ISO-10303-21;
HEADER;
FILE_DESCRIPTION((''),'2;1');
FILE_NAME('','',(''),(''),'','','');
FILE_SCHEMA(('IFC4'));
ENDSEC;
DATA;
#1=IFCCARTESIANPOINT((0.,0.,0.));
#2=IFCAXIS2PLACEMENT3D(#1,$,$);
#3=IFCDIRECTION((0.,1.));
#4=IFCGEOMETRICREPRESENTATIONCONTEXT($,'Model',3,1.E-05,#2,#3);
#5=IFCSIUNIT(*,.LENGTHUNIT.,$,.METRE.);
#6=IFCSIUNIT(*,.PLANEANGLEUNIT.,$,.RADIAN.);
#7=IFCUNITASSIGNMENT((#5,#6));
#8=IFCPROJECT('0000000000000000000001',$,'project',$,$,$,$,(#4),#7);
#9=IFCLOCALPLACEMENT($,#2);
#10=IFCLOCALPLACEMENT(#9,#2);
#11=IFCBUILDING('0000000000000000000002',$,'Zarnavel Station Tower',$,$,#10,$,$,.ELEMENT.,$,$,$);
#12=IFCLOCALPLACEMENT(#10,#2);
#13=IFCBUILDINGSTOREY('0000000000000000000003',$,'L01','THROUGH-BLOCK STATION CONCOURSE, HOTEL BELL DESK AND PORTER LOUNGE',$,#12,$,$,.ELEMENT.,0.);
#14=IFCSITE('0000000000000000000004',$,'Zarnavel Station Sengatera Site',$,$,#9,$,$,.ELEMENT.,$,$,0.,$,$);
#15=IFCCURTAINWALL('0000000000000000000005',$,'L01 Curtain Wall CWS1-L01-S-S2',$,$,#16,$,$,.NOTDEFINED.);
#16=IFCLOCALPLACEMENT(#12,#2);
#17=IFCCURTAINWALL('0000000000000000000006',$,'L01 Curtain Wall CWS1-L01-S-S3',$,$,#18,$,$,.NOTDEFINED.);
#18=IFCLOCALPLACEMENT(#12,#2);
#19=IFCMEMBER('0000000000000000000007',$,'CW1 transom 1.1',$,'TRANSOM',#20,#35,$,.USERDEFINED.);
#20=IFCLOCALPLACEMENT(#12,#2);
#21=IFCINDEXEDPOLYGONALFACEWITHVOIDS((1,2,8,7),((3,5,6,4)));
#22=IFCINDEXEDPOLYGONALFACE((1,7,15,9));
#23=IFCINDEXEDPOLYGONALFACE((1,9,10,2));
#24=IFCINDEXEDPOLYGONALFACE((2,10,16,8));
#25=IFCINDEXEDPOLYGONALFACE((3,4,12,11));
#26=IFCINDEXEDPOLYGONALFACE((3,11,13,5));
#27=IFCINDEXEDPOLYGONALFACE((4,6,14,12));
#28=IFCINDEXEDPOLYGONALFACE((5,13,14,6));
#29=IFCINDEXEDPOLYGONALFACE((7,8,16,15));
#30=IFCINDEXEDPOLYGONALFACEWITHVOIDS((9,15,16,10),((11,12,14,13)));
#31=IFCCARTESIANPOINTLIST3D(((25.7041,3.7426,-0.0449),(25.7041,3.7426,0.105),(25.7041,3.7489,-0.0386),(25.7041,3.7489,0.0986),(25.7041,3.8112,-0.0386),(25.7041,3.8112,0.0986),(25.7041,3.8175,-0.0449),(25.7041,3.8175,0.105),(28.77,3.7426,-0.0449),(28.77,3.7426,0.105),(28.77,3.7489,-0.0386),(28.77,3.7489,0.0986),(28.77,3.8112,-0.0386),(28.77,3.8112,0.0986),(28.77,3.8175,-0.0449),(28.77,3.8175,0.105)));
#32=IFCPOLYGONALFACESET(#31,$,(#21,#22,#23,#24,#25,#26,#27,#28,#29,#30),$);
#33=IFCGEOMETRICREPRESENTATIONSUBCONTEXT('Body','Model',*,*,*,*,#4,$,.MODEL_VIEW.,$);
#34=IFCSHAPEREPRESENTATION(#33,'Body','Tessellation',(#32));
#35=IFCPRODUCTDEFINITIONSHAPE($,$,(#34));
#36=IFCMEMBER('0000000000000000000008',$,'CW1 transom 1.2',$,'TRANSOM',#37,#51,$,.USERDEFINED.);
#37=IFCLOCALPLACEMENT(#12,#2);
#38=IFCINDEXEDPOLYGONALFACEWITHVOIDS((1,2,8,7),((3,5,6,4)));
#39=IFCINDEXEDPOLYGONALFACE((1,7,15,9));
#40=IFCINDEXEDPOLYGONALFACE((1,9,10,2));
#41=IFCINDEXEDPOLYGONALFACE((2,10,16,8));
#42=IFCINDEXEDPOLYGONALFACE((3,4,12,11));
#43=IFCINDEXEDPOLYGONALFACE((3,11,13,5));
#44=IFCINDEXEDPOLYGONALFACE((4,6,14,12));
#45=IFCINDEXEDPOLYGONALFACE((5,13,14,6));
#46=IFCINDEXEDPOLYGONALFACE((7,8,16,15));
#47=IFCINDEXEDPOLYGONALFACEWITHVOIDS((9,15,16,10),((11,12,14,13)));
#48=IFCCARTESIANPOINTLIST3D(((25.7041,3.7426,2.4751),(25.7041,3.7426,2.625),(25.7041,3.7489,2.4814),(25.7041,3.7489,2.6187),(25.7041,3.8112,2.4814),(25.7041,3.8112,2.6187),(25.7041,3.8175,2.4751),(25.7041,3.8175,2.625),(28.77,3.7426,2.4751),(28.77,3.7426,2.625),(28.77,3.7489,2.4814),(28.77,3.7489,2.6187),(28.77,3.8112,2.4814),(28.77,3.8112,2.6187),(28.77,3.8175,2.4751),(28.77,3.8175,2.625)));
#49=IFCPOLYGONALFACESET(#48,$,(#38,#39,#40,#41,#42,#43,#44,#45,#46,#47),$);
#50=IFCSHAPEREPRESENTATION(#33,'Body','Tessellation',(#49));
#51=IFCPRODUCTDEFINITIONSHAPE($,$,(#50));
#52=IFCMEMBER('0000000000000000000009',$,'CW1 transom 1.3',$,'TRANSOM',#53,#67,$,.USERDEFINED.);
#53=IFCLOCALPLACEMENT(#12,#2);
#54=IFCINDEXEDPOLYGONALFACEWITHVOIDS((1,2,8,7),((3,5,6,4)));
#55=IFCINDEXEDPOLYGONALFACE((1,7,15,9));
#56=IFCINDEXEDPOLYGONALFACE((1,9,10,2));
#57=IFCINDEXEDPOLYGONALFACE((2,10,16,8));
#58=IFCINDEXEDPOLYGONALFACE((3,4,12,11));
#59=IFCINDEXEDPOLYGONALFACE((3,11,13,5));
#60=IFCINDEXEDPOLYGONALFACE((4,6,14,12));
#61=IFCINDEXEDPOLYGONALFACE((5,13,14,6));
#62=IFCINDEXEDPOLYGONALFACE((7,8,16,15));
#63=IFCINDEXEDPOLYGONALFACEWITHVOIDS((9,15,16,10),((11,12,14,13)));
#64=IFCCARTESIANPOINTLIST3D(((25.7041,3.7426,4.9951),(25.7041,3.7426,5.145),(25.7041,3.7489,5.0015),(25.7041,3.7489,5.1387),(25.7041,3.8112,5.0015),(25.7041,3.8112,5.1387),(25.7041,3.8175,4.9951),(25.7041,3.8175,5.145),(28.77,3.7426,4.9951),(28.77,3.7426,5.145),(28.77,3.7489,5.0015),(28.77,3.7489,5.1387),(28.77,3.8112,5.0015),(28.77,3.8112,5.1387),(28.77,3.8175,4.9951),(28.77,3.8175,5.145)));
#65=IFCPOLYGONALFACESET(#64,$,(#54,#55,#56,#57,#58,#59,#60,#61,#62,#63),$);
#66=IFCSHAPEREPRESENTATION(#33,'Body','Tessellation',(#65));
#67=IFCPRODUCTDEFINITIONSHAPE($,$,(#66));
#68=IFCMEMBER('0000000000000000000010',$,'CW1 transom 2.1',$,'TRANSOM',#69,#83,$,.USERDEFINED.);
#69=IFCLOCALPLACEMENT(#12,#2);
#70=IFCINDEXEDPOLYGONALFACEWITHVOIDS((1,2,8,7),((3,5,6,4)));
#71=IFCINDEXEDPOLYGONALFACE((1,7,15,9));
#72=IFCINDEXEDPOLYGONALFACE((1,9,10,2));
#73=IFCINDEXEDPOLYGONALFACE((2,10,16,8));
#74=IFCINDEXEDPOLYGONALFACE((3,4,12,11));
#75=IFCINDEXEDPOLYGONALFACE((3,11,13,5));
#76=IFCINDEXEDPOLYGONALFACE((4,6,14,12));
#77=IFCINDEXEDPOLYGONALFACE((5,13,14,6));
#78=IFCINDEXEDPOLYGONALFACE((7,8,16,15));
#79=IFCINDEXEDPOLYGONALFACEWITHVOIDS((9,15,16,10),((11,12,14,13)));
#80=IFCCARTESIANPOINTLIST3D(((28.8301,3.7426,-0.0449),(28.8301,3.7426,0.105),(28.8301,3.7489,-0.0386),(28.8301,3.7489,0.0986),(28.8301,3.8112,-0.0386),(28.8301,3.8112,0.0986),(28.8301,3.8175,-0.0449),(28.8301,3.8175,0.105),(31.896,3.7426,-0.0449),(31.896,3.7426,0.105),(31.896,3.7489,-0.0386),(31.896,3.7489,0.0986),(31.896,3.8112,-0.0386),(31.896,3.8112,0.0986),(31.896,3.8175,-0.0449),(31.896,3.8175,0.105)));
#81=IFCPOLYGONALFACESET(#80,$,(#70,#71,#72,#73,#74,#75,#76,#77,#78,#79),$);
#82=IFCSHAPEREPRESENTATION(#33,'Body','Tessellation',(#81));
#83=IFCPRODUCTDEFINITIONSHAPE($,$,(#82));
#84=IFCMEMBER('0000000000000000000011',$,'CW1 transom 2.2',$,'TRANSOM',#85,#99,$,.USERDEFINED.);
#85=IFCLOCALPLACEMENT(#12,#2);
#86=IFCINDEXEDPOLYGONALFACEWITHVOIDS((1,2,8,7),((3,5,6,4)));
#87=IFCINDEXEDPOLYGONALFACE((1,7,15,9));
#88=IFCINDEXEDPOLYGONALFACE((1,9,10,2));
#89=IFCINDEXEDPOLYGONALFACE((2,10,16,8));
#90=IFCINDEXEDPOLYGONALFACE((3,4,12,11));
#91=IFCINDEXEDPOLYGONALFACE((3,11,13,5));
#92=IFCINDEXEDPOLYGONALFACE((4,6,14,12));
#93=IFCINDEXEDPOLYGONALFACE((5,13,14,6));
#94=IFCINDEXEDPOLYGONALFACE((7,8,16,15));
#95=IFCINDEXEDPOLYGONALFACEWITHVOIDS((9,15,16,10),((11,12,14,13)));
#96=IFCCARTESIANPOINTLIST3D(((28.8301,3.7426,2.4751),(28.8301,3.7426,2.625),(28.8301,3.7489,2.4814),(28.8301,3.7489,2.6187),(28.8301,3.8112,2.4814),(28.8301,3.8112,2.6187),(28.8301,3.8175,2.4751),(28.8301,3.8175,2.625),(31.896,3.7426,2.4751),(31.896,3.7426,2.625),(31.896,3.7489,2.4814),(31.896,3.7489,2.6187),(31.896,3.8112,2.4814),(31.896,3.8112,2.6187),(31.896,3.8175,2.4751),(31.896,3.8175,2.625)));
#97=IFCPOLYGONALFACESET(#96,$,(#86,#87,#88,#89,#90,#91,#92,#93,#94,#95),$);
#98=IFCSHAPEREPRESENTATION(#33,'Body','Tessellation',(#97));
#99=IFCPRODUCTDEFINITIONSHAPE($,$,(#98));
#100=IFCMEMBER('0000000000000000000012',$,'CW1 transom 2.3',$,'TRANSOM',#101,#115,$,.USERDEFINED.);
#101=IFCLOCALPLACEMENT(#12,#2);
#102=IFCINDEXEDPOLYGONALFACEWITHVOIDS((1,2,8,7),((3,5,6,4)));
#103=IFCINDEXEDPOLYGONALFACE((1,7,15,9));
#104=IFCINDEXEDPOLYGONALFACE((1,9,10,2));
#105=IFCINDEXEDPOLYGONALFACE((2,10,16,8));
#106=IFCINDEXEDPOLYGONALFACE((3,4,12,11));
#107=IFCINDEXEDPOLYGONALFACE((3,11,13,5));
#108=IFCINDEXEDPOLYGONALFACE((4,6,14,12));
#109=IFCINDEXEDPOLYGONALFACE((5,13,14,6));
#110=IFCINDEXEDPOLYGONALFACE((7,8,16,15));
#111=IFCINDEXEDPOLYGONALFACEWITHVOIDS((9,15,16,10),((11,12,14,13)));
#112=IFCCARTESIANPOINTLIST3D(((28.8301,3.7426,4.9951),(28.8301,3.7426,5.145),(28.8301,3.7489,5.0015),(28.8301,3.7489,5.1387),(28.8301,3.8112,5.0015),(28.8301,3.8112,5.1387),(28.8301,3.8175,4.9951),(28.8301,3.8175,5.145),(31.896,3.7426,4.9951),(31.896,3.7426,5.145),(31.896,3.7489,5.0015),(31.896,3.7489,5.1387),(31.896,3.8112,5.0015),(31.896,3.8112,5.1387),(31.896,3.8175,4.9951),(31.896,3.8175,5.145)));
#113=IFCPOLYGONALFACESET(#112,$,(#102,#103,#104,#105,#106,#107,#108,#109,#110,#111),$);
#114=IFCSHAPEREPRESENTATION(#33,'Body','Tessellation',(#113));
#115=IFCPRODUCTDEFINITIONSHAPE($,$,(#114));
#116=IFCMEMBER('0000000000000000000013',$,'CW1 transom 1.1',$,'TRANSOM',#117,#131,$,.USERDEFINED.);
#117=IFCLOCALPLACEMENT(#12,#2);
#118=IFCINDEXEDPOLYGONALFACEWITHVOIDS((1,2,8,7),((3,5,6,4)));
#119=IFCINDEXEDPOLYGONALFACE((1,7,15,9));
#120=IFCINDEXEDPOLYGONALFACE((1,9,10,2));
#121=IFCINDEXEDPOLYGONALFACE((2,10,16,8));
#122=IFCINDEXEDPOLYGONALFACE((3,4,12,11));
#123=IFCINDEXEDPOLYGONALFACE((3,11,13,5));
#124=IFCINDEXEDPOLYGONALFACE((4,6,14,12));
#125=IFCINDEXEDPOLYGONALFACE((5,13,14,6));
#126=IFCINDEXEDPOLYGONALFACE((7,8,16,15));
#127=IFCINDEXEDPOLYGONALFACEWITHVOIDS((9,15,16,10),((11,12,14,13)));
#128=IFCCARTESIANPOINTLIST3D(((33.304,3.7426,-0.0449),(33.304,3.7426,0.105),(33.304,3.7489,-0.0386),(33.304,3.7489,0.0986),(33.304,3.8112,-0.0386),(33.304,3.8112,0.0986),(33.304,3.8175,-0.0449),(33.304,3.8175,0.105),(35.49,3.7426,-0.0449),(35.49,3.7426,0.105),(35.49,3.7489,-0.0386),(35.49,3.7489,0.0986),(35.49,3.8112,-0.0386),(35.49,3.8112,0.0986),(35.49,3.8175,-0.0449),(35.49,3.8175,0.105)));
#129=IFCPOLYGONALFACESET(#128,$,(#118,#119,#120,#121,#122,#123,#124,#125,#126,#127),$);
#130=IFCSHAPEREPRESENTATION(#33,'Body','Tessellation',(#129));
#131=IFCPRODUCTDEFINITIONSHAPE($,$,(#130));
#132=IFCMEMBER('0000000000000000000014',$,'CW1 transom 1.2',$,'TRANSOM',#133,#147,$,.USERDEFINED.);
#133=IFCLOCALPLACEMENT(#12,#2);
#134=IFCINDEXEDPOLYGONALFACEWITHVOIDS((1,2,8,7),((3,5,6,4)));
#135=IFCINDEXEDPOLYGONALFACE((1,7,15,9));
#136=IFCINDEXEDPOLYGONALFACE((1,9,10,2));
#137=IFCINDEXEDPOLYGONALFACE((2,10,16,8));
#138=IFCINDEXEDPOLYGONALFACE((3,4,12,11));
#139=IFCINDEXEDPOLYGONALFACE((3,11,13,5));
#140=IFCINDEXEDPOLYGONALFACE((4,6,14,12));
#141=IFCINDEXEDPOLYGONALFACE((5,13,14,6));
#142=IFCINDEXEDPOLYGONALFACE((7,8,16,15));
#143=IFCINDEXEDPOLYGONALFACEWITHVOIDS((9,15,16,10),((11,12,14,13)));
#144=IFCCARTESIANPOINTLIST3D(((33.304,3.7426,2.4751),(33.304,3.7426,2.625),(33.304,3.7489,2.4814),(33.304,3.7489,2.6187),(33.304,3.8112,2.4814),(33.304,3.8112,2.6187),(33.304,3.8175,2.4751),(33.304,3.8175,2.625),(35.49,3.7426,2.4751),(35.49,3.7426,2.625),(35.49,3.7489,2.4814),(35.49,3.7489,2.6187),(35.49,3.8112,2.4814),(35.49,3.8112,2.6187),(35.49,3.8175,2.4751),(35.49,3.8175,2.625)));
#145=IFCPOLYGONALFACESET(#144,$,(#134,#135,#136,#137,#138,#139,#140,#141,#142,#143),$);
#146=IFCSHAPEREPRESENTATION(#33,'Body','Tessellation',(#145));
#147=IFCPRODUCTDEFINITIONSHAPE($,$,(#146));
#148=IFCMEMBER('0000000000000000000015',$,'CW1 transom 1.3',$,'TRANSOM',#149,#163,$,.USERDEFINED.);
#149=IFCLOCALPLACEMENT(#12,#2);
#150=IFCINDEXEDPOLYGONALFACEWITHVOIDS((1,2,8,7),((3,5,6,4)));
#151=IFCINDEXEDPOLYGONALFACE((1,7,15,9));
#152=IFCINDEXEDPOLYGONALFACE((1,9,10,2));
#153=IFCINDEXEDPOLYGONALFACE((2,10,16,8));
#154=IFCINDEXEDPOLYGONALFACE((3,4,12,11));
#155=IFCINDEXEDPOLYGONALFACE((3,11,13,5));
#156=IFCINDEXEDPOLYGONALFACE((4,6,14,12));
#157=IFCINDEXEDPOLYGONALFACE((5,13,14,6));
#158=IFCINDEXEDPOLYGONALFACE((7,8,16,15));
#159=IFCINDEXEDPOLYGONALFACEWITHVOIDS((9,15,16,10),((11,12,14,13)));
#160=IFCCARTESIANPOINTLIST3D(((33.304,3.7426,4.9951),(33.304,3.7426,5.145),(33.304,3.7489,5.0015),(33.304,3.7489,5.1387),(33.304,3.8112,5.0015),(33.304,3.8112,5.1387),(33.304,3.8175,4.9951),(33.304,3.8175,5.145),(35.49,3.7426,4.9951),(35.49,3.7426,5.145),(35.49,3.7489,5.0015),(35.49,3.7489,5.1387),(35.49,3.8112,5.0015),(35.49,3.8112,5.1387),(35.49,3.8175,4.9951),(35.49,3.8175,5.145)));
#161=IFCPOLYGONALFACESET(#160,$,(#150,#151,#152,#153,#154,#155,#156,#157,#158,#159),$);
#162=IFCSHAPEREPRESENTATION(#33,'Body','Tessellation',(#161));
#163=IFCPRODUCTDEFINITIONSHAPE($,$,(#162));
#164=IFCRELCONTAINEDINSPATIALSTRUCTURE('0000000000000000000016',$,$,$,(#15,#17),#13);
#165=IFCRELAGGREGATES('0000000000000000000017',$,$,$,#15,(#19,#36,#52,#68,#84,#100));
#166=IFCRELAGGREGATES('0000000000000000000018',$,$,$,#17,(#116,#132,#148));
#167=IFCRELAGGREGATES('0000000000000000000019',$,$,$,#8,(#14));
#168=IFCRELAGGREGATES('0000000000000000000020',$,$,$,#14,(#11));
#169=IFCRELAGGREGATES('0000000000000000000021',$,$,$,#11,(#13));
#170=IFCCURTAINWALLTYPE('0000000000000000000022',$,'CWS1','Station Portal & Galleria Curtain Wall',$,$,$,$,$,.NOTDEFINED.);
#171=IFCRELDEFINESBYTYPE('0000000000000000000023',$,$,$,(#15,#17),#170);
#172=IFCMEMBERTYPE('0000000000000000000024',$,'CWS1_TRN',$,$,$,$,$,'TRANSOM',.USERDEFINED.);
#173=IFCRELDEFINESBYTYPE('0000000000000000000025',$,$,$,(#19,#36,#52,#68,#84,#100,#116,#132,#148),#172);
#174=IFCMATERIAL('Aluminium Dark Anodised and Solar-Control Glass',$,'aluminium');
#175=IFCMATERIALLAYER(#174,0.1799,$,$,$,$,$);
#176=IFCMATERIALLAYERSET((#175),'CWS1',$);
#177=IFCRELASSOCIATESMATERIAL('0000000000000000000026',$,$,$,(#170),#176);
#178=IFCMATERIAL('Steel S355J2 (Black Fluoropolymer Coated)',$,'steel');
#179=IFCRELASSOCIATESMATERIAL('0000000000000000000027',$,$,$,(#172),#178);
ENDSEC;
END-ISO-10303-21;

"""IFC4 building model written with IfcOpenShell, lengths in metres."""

from ifc_helpers import new_model, si_unit, direction, frame, origin, origin_2d, place, context, subcontext, project, spatial, hollow_rectangle, extrude, material, layer, layer_set, material_profile, profile_set, type_object, element, aggregate, save


model = new_model("IFC4")

# Units and contexts
model_context = context("Model", 3, precision=1e-05, world=origin(), true_north=direction((0.0, 1.0)))
body_context = subcontext(model_context, "Body", "Model", "MODEL_VIEW")
ifc_project = project(units=[si_unit("LENGTHUNIT", "METRE"), si_unit("PLANEANGLEUNIT", "RADIAN")], contexts=[model_context])

# Site, building, storey
site_placement = place(None, origin())
site = spatial("IfcSite", under=ifc_project, at=site_placement, Name="Zarnavel Station Sengatera Site", CompositionType="ELEMENT", RefElevation=0.0)
building_placement = place(site_placement, origin())
building = spatial("IfcBuilding", under=site, at=building_placement, Name="Zarnavel Station Tower", CompositionType="ELEMENT")
storey_placement = place(building_placement, origin())
storey = spatial("IfcBuildingStorey", under=building, at=storey_placement, Name="L01", Description="THROUGH-BLOCK STATION CONCOURSE, HOTEL BELL DESK AND PORTER LOUNGE", CompositionType="ELEMENT", Elevation=0.0)

# Curtain wall
ifc_material_1 = material(Name="Aluminium Dark Anodised and Solar-Control Glass", Category="aluminium")
ifc_layer_1 = layer(ifc_material_1, 0.1799)
ifc_layer_set_1 = layer_set([ifc_layer_1], Name="CWS1")
curtain_wall_type = type_object("IfcCurtainWallType", Name="CWS1", Description="Station Portal & Galleria Curtain Wall", PredefinedType="NOTDEFINED", material=ifc_layer_set_1)
curtain_wall_1_placement = place(storey_placement, origin())
curtain_wall_1 = element("IfcCurtainWall", 1, at=curtain_wall_1_placement, inside=storey, type_object=curtain_wall_type, Name="L01 Curtain Wall CWS1-L01-S-S2", PredefinedType="NOTDEFINED")

# Curtain wall
curtain_wall_2_placement = place(storey_placement, origin())
curtain_wall_2 = element("IfcCurtainWall", 2, at=curtain_wall_2_placement, inside=storey, type_object=curtain_wall_type, Name="L01 Curtain Wall CWS1-L01-S-S3", PredefinedType="NOTDEFINED")

# Members
ifc_material_2 = material(Name="Steel S355J2 (Black Fluoropolymer Coated)", Category="steel")
ifc_material_profile_1 = material_profile(ifc_material_2, hollow_rectangle(XDim=0.075, YDim=0.1499, WallThickness=0.0063, at=origin_2d()), Name="RHS150x75x6.3")
ifc_profile_set_1 = profile_set([ifc_material_profile_1], Name="Steel S355J2 (Black Fluoropolymer Coated)")
member_type_1 = type_object("IfcMemberType", Name="CWS1_TRN", ElementType="TRANSOM", PredefinedType="USERDEFINED", material=ifc_profile_set_1)
member_1_placement = place(storey_placement, frame((25.7041, 3.78, 0.03), z_axis=(1.0, 0.0, 0.0), x_axis=(0.0, 1.0, 0.0)))
member_1 = element("IfcMember", 3, at=member_1_placement, type_object=member_type_1, Name="CW1 transom 1.1", ObjectType="TRANSOM", PredefinedType="USERDEFINED", context=body_context, shape_type="SweptSolid", body=[
    extrude(hollow_rectangle(XDim=0.075, YDim=0.1499, WallThickness=0.0063, at=origin_2d()), origin(), (0.0, 0.0, 1.0), 3.0659),
])
member_2_placement = place(storey_placement, frame((25.7041, 3.78, 2.55), z_axis=(1.0, 0.0, 0.0), x_axis=(0.0, 1.0, 0.0)))
member_2 = element("IfcMember", 4, at=member_2_placement, type_object=member_type_1, Name="CW1 transom 1.2", ObjectType="TRANSOM", PredefinedType="USERDEFINED", context=body_context, shape_type="SweptSolid", body=[
    extrude(hollow_rectangle(XDim=0.075, YDim=0.1499, WallThickness=0.0063, at=origin_2d()), origin(), (0.0, 0.0, 1.0), 3.0659),
])
member_3_placement = place(storey_placement, frame((25.7041, 3.78, 5.0701), z_axis=(1.0, 0.0, 0.0), x_axis=(0.0, 1.0, 0.0)))
member_3 = element("IfcMember", 5, at=member_3_placement, type_object=member_type_1, Name="CW1 transom 1.3", ObjectType="TRANSOM", PredefinedType="USERDEFINED", context=body_context, shape_type="SweptSolid", body=[
    extrude(hollow_rectangle(XDim=0.075, YDim=0.1499, WallThickness=0.0063, at=origin_2d()), origin(), (0.0, 0.0, 1.0), 3.0659),
])
member_4_placement = place(storey_placement, frame((28.8301, 3.78, 0.03), z_axis=(1.0, 0.0, 0.0), x_axis=(0.0, 1.0, 0.0)))
member_4 = element("IfcMember", 6, at=member_4_placement, type_object=member_type_1, Name="CW1 transom 2.1", ObjectType="TRANSOM", PredefinedType="USERDEFINED", context=body_context, shape_type="SweptSolid", body=[
    extrude(hollow_rectangle(XDim=0.075, YDim=0.1499, WallThickness=0.0063, at=origin_2d()), origin(), (0.0, 0.0, 1.0), 3.0659),
])
member_5_placement = place(storey_placement, frame((28.8301, 3.78, 2.55), z_axis=(1.0, 0.0, 0.0), x_axis=(0.0, 1.0, 0.0)))
member_5 = element("IfcMember", 7, at=member_5_placement, type_object=member_type_1, Name="CW1 transom 2.2", ObjectType="TRANSOM", PredefinedType="USERDEFINED", context=body_context, shape_type="SweptSolid", body=[
    extrude(hollow_rectangle(XDim=0.075, YDim=0.1499, WallThickness=0.0063, at=origin_2d()), origin(), (0.0, 0.0, 1.0), 3.0659),
])
member_6_placement = place(storey_placement, frame((28.8301, 3.78, 5.0701), z_axis=(1.0, 0.0, 0.0), x_axis=(0.0, 1.0, 0.0)))
member_6 = element("IfcMember", 8, at=member_6_placement, type_object=member_type_1, Name="CW1 transom 2.3", ObjectType="TRANSOM", PredefinedType="USERDEFINED", context=body_context, shape_type="SweptSolid", body=[
    extrude(hollow_rectangle(XDim=0.075, YDim=0.1499, WallThickness=0.0063, at=origin_2d()), origin(), (0.0, 0.0, 1.0), 3.0659),
])
member_7_placement = place(storey_placement, frame((33.304, 3.78, 0.03), z_axis=(1.0, 0.0, 0.0), x_axis=(0.0, 1.0, 0.0)))
member_7 = element("IfcMember", 9, at=member_7_placement, type_object=member_type_1, Name="CW1 transom 1.1", ObjectType="TRANSOM", PredefinedType="USERDEFINED", context=body_context, shape_type="SweptSolid", body=[
    extrude(hollow_rectangle(XDim=0.075, YDim=0.1499, WallThickness=0.0063, at=origin_2d()), origin(), (0.0, 0.0, 1.0), 2.186),
])
member_8_placement = place(storey_placement, frame((33.304, 3.78, 2.55), z_axis=(1.0, 0.0, 0.0), x_axis=(0.0, 1.0, 0.0)))
member_8 = element("IfcMember", 10, at=member_8_placement, type_object=member_type_1, Name="CW1 transom 1.2", ObjectType="TRANSOM", PredefinedType="USERDEFINED", context=body_context, shape_type="SweptSolid", body=[
    extrude(hollow_rectangle(XDim=0.075, YDim=0.1499, WallThickness=0.0063, at=origin_2d()), origin(), (0.0, 0.0, 1.0), 2.186),
])
member_9_placement = place(storey_placement, frame((33.304, 3.78, 5.0701), z_axis=(1.0, 0.0, 0.0), x_axis=(0.0, 1.0, 0.0)))
member_9 = element("IfcMember", 11, at=member_9_placement, type_object=member_type_1, Name="CW1 transom 1.3", ObjectType="TRANSOM", PredefinedType="USERDEFINED", context=body_context, shape_type="SweptSolid", body=[
    extrude(hollow_rectangle(XDim=0.075, YDim=0.1499, WallThickness=0.0063, at=origin_2d()), origin(), (0.0, 0.0, 1.0), 2.186),
])

aggregate(curtain_wall_1, [member_1, member_2, member_3, member_4, member_5, member_6])
aggregate(curtain_wall_2, [member_7, member_8, member_9])

save(model, "model.ifc")
